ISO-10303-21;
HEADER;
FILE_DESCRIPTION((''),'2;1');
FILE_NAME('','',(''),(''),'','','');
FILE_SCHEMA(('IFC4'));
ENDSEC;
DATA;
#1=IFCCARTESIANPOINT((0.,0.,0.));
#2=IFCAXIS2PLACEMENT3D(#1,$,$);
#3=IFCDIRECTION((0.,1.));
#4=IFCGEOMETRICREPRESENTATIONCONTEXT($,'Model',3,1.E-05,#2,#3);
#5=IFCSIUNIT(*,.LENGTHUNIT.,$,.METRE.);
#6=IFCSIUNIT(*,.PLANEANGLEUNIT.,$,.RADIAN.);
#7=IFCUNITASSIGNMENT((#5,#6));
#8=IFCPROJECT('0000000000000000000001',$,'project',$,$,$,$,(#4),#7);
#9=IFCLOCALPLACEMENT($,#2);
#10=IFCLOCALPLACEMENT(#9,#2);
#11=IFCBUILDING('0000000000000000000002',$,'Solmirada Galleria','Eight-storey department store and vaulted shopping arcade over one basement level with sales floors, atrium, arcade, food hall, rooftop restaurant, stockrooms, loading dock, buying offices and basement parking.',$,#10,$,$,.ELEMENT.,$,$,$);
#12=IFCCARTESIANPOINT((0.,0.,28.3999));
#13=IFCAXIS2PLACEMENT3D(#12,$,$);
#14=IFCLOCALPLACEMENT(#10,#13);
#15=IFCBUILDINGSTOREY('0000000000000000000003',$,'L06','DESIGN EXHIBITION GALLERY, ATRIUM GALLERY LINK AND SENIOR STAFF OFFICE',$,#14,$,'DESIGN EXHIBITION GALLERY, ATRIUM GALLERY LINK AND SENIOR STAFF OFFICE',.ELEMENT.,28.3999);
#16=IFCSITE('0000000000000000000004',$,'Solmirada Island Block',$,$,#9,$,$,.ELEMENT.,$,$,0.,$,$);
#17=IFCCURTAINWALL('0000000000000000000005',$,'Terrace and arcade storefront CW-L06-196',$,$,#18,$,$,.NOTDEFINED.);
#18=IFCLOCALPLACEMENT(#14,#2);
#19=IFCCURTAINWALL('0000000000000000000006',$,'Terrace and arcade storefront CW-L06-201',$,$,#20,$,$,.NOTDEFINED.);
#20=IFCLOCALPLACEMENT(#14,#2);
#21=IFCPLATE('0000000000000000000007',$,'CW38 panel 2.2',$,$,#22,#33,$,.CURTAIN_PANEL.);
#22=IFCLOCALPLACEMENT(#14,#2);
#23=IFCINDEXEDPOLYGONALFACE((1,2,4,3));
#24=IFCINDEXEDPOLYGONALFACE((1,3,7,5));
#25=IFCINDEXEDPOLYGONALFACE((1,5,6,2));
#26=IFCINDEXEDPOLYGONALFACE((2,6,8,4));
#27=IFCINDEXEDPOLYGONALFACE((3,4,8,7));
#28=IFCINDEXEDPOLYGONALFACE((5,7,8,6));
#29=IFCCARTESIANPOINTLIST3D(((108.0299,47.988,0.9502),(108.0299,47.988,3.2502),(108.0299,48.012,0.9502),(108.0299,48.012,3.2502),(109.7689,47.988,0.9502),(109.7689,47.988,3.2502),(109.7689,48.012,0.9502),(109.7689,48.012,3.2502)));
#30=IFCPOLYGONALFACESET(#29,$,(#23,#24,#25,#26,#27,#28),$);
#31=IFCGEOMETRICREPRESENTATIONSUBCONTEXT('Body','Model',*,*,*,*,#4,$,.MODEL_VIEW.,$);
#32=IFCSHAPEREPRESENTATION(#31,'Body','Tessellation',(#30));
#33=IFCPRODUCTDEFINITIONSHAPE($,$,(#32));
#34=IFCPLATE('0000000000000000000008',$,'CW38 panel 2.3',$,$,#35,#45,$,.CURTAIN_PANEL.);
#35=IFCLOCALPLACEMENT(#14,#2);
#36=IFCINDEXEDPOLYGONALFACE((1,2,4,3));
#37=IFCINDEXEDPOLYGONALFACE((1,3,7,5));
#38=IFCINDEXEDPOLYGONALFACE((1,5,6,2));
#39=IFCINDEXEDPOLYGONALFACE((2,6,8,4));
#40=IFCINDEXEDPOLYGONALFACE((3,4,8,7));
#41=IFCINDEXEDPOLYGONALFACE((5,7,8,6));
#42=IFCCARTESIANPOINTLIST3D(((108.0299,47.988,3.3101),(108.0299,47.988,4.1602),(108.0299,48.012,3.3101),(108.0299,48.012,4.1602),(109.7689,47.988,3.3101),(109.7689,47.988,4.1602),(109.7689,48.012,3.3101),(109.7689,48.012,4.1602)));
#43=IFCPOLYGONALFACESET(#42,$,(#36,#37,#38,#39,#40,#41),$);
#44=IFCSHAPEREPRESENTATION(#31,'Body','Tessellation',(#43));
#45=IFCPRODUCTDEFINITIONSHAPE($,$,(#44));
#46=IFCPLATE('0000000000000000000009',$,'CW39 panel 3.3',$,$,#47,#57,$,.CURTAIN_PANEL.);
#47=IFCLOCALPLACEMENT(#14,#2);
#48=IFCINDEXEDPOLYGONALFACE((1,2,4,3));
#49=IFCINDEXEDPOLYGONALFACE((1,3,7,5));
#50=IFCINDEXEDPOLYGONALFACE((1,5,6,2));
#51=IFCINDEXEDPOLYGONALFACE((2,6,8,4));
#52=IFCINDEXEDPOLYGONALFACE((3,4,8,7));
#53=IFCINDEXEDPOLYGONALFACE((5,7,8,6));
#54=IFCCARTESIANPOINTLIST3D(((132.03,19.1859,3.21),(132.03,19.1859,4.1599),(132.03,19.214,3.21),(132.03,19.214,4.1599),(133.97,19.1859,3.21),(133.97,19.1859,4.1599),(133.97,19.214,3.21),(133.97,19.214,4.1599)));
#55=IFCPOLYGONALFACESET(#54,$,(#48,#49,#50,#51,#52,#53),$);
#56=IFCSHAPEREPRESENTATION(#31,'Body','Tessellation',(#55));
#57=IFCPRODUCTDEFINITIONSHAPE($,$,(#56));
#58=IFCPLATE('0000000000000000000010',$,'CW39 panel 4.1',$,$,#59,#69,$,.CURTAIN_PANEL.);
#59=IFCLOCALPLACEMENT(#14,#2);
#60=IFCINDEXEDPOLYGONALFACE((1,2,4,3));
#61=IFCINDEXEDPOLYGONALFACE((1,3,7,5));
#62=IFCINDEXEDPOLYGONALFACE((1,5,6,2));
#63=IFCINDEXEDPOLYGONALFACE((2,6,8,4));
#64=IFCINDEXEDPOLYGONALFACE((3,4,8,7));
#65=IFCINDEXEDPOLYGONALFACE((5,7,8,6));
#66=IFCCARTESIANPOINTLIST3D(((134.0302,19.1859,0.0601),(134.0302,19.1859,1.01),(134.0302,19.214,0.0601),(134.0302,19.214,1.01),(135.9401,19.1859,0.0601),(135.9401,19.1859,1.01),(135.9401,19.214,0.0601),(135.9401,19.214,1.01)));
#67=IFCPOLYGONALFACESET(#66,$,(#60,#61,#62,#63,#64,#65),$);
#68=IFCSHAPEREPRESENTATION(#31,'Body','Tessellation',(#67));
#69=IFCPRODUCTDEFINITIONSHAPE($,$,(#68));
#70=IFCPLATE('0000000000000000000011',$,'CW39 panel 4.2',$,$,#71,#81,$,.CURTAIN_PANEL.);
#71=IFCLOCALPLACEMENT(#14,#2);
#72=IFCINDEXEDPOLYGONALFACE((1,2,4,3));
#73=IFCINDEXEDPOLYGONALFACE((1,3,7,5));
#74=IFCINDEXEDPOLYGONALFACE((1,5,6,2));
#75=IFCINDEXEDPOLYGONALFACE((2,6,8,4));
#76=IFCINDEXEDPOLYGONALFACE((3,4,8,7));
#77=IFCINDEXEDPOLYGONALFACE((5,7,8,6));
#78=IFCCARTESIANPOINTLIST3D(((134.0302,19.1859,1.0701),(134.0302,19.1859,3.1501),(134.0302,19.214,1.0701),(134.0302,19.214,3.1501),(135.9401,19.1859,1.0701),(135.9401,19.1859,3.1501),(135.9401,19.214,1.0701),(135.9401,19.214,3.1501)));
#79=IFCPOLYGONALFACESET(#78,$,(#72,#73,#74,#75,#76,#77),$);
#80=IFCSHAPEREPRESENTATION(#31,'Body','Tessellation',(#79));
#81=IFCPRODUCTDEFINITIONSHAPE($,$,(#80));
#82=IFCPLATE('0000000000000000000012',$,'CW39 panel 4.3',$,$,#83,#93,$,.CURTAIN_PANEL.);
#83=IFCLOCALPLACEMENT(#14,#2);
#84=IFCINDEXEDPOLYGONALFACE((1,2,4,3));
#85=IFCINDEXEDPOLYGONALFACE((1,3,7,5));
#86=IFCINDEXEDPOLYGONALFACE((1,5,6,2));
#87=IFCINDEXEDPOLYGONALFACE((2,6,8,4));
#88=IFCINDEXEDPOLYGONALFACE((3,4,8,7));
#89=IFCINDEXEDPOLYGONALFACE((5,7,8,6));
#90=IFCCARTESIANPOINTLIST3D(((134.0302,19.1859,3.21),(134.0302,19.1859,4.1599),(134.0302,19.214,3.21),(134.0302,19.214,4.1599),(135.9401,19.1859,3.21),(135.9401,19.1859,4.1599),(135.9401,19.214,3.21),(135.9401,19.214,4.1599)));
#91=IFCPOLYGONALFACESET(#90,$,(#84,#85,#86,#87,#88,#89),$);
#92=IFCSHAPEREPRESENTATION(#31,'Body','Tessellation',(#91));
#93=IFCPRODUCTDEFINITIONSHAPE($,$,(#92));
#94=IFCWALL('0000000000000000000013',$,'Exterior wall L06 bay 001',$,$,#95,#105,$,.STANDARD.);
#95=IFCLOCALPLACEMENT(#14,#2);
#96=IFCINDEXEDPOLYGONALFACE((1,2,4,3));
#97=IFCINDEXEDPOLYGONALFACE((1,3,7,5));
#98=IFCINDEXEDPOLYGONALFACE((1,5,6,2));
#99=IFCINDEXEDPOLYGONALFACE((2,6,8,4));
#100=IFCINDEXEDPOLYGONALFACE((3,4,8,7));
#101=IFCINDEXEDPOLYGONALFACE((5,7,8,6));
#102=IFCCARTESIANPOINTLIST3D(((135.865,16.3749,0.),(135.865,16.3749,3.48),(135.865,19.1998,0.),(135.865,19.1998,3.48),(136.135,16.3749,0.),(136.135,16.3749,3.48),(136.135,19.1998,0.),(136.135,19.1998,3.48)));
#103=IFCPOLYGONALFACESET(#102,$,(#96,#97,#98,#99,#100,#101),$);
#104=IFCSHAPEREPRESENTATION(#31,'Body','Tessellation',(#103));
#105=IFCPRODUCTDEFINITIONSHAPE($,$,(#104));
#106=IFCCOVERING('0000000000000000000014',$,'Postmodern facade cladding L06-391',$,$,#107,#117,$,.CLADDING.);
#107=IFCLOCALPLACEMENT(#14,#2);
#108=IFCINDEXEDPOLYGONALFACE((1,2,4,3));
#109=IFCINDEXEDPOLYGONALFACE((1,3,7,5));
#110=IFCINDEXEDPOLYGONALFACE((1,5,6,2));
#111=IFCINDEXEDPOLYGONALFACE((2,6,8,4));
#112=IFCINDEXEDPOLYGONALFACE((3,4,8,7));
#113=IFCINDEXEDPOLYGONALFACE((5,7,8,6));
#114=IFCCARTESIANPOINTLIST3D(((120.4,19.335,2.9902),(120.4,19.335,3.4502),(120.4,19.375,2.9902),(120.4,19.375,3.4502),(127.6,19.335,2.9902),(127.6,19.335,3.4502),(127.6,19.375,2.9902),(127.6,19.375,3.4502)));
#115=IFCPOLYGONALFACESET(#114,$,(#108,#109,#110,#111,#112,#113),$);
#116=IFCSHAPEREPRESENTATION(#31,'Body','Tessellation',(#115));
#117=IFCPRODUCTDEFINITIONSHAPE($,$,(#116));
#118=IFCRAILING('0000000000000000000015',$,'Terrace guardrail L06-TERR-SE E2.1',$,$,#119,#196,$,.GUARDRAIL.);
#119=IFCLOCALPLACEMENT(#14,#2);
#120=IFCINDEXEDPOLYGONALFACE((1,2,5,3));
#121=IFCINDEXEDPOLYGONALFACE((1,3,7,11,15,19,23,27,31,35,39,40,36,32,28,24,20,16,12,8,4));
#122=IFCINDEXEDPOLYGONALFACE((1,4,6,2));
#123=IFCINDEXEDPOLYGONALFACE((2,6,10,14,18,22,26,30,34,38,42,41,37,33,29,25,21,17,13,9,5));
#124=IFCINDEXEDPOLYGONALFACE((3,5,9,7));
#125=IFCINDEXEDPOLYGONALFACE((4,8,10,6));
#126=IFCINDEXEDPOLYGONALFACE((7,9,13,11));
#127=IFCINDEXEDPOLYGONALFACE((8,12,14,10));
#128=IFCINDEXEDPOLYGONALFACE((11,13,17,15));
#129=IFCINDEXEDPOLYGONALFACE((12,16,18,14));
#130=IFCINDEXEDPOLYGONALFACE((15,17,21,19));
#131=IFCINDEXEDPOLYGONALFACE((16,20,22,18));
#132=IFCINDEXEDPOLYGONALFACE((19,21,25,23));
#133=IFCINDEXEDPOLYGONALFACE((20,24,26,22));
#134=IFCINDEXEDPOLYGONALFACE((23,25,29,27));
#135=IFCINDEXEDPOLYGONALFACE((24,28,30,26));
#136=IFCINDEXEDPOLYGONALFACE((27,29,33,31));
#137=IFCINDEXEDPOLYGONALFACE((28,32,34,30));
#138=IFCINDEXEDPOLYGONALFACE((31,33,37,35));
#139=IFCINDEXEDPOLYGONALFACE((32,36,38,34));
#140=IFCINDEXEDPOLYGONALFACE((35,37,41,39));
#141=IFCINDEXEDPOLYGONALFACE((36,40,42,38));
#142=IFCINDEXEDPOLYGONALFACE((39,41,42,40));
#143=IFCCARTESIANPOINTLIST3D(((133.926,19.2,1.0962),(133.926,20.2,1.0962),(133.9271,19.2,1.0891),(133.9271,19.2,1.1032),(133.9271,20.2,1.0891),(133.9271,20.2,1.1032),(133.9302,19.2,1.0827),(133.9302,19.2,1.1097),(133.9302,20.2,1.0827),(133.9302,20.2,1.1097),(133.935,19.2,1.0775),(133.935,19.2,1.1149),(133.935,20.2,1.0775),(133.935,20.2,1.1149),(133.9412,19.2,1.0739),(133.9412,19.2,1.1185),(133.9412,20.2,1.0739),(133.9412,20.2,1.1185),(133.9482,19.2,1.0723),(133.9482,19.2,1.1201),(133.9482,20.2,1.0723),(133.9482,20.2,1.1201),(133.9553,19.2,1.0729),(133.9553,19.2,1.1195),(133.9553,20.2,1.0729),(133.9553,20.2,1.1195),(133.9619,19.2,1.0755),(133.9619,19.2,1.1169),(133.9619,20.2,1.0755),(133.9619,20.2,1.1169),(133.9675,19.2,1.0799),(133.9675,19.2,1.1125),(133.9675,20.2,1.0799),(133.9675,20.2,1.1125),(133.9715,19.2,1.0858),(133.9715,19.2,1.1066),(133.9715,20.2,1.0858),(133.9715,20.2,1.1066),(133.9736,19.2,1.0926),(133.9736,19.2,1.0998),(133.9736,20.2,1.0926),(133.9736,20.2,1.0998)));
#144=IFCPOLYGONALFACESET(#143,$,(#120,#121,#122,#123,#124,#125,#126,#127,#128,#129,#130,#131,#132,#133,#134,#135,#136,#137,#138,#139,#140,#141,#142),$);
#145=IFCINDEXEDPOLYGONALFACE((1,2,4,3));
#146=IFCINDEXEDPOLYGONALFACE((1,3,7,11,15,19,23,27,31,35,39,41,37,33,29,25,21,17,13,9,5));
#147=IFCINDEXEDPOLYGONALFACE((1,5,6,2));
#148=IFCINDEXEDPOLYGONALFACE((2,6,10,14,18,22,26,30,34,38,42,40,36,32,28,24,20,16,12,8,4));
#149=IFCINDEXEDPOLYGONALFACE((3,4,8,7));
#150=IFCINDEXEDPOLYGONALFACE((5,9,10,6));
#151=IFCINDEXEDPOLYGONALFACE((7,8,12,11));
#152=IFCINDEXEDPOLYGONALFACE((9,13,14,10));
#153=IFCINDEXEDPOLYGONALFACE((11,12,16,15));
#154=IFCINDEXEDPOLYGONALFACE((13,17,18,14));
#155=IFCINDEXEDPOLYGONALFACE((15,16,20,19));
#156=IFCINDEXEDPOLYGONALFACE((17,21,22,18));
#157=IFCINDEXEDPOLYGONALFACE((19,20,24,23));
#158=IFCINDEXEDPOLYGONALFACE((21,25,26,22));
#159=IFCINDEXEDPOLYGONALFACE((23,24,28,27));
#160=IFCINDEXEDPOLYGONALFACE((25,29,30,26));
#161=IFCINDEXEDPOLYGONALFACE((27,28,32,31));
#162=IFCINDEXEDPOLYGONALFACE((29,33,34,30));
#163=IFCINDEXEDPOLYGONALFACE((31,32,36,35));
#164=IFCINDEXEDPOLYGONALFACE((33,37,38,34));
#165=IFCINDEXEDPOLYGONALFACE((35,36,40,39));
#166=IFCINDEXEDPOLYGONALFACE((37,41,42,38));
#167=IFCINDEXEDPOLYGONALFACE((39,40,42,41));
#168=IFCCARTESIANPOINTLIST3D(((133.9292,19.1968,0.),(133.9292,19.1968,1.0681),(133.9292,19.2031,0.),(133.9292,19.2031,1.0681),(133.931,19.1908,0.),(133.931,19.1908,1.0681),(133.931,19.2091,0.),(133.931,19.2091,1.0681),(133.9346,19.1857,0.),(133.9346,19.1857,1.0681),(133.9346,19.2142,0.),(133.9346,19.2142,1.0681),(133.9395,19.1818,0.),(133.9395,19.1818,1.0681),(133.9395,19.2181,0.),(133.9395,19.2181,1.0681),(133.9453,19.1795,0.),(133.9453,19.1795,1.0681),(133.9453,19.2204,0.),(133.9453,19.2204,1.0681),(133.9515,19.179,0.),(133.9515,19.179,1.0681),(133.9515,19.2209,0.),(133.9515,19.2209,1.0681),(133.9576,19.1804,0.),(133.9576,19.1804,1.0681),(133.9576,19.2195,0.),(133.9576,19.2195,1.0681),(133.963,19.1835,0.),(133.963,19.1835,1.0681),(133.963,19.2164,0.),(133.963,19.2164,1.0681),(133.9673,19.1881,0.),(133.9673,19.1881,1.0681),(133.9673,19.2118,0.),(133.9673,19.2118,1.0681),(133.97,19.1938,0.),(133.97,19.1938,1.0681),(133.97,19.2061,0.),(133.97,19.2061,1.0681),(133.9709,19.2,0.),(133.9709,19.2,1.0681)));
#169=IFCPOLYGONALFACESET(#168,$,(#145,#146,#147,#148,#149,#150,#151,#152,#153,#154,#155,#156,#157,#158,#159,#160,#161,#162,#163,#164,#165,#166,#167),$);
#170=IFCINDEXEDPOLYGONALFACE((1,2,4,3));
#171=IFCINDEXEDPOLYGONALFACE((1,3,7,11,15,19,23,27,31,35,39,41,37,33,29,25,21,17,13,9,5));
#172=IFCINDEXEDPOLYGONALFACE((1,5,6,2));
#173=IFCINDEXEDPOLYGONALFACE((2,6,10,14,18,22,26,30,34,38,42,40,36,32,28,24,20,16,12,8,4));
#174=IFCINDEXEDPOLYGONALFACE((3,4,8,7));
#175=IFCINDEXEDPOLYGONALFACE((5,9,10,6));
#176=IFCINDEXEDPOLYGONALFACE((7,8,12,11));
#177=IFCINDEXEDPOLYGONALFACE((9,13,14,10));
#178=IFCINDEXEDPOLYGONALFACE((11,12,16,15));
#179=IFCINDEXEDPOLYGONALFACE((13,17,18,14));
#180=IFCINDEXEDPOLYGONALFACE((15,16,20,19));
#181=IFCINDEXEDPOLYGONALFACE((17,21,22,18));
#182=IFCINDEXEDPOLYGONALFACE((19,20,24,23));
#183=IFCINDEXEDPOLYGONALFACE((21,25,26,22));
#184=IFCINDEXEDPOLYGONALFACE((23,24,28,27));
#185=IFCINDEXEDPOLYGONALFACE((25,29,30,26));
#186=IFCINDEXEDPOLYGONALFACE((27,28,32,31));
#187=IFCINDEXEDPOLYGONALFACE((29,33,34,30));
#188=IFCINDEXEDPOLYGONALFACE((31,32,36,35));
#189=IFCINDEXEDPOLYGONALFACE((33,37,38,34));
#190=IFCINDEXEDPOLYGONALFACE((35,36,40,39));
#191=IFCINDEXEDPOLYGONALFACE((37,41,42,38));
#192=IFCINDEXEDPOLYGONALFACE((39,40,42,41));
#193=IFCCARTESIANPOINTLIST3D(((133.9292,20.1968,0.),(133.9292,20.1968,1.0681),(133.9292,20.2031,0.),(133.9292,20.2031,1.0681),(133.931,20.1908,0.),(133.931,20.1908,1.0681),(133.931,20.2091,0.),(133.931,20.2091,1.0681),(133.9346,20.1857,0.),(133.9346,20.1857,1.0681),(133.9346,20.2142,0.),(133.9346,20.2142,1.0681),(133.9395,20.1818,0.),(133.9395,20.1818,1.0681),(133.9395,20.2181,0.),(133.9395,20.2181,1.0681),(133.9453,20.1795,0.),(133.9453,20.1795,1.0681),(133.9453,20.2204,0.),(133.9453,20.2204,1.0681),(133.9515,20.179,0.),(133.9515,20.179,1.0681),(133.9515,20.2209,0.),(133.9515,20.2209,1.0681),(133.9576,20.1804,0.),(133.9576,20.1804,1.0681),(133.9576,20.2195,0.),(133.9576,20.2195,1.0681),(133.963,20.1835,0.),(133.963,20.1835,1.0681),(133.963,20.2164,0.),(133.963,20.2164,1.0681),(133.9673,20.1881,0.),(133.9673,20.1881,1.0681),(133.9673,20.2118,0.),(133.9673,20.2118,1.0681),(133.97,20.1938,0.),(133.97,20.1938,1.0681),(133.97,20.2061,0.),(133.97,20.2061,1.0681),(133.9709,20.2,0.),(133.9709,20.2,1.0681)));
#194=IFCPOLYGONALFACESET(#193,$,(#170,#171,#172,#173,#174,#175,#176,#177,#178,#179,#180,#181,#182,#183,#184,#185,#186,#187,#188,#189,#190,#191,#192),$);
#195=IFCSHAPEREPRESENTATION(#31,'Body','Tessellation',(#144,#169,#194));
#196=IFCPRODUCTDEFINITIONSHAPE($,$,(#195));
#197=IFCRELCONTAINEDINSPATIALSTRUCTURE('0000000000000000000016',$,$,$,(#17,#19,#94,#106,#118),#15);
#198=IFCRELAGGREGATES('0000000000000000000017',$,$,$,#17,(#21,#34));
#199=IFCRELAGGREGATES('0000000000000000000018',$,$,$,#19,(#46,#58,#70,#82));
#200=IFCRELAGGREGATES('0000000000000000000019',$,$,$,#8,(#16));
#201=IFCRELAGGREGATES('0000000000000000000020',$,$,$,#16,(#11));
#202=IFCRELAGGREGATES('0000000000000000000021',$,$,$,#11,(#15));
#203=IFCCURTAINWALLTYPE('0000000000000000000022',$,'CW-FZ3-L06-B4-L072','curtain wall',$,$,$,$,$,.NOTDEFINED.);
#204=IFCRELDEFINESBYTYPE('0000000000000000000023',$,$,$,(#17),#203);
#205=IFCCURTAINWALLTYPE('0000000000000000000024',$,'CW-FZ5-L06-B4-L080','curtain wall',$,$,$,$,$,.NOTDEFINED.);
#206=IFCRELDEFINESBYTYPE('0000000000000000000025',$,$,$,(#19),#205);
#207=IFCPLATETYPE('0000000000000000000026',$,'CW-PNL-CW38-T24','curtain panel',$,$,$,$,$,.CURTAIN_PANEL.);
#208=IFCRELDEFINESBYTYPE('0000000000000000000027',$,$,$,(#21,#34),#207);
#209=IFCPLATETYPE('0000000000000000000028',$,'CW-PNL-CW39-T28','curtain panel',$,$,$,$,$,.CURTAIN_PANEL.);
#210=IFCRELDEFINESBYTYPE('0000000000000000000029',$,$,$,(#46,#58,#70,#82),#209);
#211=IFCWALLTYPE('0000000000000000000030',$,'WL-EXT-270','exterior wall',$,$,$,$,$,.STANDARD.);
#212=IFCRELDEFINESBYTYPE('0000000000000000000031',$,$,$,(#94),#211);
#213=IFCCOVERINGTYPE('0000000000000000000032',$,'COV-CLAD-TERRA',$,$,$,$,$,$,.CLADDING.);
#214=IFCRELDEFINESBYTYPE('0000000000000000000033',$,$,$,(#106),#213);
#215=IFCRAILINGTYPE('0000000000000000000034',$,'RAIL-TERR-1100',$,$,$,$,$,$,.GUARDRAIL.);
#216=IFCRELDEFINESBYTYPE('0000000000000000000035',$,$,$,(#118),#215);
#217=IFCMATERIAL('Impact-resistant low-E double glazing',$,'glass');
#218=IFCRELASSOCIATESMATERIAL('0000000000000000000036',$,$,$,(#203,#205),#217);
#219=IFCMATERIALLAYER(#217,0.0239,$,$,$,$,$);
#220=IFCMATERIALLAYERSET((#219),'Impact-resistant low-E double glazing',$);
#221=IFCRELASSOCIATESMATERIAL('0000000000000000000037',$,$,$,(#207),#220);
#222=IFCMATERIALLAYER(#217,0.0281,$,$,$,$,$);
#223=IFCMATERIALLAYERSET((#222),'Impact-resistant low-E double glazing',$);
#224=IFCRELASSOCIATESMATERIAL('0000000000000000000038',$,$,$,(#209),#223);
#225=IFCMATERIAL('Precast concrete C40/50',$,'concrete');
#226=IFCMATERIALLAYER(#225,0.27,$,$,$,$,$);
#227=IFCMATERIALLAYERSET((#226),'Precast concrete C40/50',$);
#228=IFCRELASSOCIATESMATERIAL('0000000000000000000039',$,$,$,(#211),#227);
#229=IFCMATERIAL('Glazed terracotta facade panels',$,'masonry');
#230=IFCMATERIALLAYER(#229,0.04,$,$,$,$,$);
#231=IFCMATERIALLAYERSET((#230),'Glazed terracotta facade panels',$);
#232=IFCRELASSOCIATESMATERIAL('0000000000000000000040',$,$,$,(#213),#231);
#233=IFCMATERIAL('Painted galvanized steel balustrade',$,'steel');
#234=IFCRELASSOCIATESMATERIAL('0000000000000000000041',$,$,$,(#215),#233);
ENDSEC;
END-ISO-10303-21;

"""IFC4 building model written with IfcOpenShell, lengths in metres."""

from ifc_helpers import new_model, si_unit, direction, frame, frame_2d, origin, origin_2d, place, context, subcontext, project, spatial, rectangle, circle, extrude, material, layer, layer_set, type_object, element, aggregate, save


model = new_model("IFC4")

# Units and contexts
model_context = context("Model", 3, precision=1e-05, world=origin(), true_north=direction((0.0, 1.0)))
body_context = subcontext(model_context, "Body", "Model", "MODEL_VIEW")
ifc_project = project(units=[si_unit("LENGTHUNIT", "METRE"), si_unit("PLANEANGLEUNIT", "RADIAN")], contexts=[model_context])

# Site, building, storey
site_placement = place(None, origin())
site = spatial("IfcSite", under=ifc_project, at=site_placement, Name="Solmirada Island Block", CompositionType="ELEMENT", RefElevation=0.0)
building_placement = place(site_placement, origin())
building = spatial("IfcBuilding", under=site, at=building_placement, Name="Solmirada Galleria", Description="Eight-storey department store and vaulted shopping arcade over one basement level with sales floors, atrium, arcade, food hall, rooftop restaurant, stockrooms, loading dock, buying offices and basement parking.", CompositionType="ELEMENT")
storey_placement = place(building_placement, frame((0.0, 0.0, 28.3999)))
storey = spatial("IfcBuildingStorey", under=building, at=storey_placement, Name="L06", Description="DESIGN EXHIBITION GALLERY, ATRIUM GALLERY LINK AND SENIOR STAFF OFFICE", LongName="DESIGN EXHIBITION GALLERY, ATRIUM GALLERY LINK AND SENIOR STAFF OFFICE", CompositionType="ELEMENT", Elevation=28.3999)

# Curtain wall
ifc_material_1 = material(Name="Impact-resistant low-E double glazing", Category="glass")
curtain_wall_type_1 = type_object("IfcCurtainWallType", Name="CW-FZ3-L06-B4-L072", Description="curtain wall", PredefinedType="NOTDEFINED", material=ifc_material_1)
curtain_wall_1_placement = place(storey_placement, origin())
curtain_wall_1 = element("IfcCurtainWall", 1, at=curtain_wall_1_placement, inside=storey, type_object=curtain_wall_type_1, Name="Terrace and arcade storefront CW-L06-196", PredefinedType="NOTDEFINED")

# Curtain wall
curtain_wall_type_2 = type_object("IfcCurtainWallType", Name="CW-FZ5-L06-B4-L080", Description="curtain wall", PredefinedType="NOTDEFINED", material=ifc_material_1)
curtain_wall_2_placement = place(storey_placement, origin())
curtain_wall_2 = element("IfcCurtainWall", 2, at=curtain_wall_2_placement, inside=storey, type_object=curtain_wall_type_2, Name="Terrace and arcade storefront CW-L06-201", PredefinedType="NOTDEFINED")

# Plates
ifc_layer_1 = layer(ifc_material_1, 0.0239)
ifc_layer_set_1 = layer_set([ifc_layer_1], Name="Impact-resistant low-E double glazing")
plate_type_1 = type_object("IfcPlateType", Name="CW-PNL-CW38-T24", Description="curtain panel", PredefinedType="CURTAIN_PANEL", material=ifc_layer_set_1)
plate_1_placement = place(storey_placement, frame((108.8994, 48.0, 0.9502), z_axis=(0.0, 0.0, 1.0), x_axis=(-1.0, 0.0, 0.0)))
plate_1 = element("IfcPlate", 3, at=plate_1_placement, type_object=plate_type_1, Name="CW38 panel 2.2", PredefinedType="CURTAIN_PANEL", context=body_context, shape_type="SweptSolid", body=[
    extrude(rectangle(XDim=1.739, YDim=0.0239, at=origin_2d()), origin(), (0.0, 0.0, 1.0), 2.3),
])
plate_2_placement = place(storey_placement, frame((108.8994, 48.0, 3.3101), z_axis=(0.0, 0.0, 1.0), x_axis=(-1.0, 0.0, 0.0)))
plate_2 = element("IfcPlate", 4, at=plate_2_placement, type_object=plate_type_1, Name="CW38 panel 2.3", PredefinedType="CURTAIN_PANEL", context=body_context, shape_type="SweptSolid", body=[
    extrude(rectangle(XDim=1.739, YDim=0.0239, at=origin_2d()), origin(), (0.0, 0.0, 1.0), 0.8501),
])
aggregate(curtain_wall_1, [plate_1, plate_2])
ifc_layer_2 = layer(ifc_material_1, 0.0281)
ifc_layer_set_2 = layer_set([ifc_layer_2], Name="Impact-resistant low-E double glazing")
plate_type_2 = type_object("IfcPlateType", Name="CW-PNL-CW39-T28", Description="curtain panel", PredefinedType="CURTAIN_PANEL", material=ifc_layer_set_2)
plate_3_placement = place(storey_placement, frame((133.0, 19.2, 3.21), z_axis=(0.0, 0.0, 1.0), x_axis=(1.0, 0.0, 0.0)))
plate_3 = element("IfcPlate", 5, at=plate_3_placement, type_object=plate_type_2, Name="CW39 panel 3.3", PredefinedType="CURTAIN_PANEL", context=body_context, shape_type="SweptSolid", body=[
    extrude(rectangle(XDim=1.9399, YDim=0.0281, at=origin_2d()), origin(), (0.0, 0.0, 1.0), 0.95),
])
plate_4_placement = place(storey_placement, frame((134.9851, 19.2, 0.0601), z_axis=(0.0, 0.0, 1.0), x_axis=(1.0, 0.0, 0.0)))
plate_4 = element("IfcPlate", 6, at=plate_4_placement, type_object=plate_type_2, Name="CW39 panel 4.1", PredefinedType="CURTAIN_PANEL", context=body_context, shape_type="SweptSolid", body=[
    extrude(rectangle(XDim=1.9099, YDim=0.0281, at=origin_2d()), origin(), (0.0, 0.0, 1.0), 0.95),
])
plate_5_placement = place(storey_placement, frame((134.9851, 19.2, 1.0701), z_axis=(0.0, 0.0, 1.0), x_axis=(1.0, 0.0, 0.0)))
plate_5 = element("IfcPlate", 7, at=plate_5_placement, type_object=plate_type_2, Name="CW39 panel 4.2", PredefinedType="CURTAIN_PANEL", context=body_context, shape_type="SweptSolid", body=[
    extrude(rectangle(XDim=1.9099, YDim=0.0281, at=origin_2d()), origin(), (0.0, 0.0, 1.0), 2.0801),
])
plate_6_placement = place(storey_placement, frame((134.9851, 19.2, 3.21), z_axis=(0.0, 0.0, 1.0), x_axis=(1.0, 0.0, 0.0)))
plate_6 = element("IfcPlate", 8, at=plate_6_placement, type_object=plate_type_2, Name="CW39 panel 4.3", PredefinedType="CURTAIN_PANEL", context=body_context, shape_type="SweptSolid", body=[
    extrude(rectangle(XDim=1.9099, YDim=0.0281, at=origin_2d()), origin(), (0.0, 0.0, 1.0), 0.95),
])
aggregate(curtain_wall_2, [plate_3, plate_4, plate_5, plate_6])

# Wall
ifc_material_2 = material(Name="Precast concrete C40/50", Category="concrete")
ifc_layer_3 = layer(ifc_material_2, 0.27)
ifc_layer_set_3 = layer_set([ifc_layer_3], Name="Precast concrete C40/50")
wall_type = type_object("IfcWallType", Name="WL-EXT-270", Description="exterior wall", PredefinedType="STANDARD", material=ifc_layer_set_3)
wall_placement = place(storey_placement, frame((136.0, 19.2, 0.0), z_axis=(0.0, 0.0, 1.0), x_axis=(0.0, -1.0, 0.0)))
element("IfcWall", 9, at=wall_placement, inside=storey, type_object=wall_type, Name="Exterior wall L06 bay 001", PredefinedType="STANDARD", context=body_context, shape_type="SweptSolid", body=[
    extrude(rectangle(XDim=2.825, YDim=0.27, at=frame_2d((1.4126, 0.0))), origin(), (0.0, 0.0, 1.0), 3.48),
])

# Covering
ifc_material_3 = material(Name="Glazed terracotta facade panels", Category="masonry")
ifc_layer_4 = layer(ifc_material_3, 0.04)
ifc_layer_set_4 = layer_set([ifc_layer_4], Name="Glazed terracotta facade panels")
covering_type = type_object("IfcCoveringType", Name="COV-CLAD-TERRA", PredefinedType="CLADDING", material=ifc_layer_set_4)
covering_placement = place(storey_placement, frame((124.0, 19.355, 2.9902), z_axis=(0.0, 0.0, 1.0), x_axis=(1.0, 0.0, 0.0)))
element("IfcCovering", 10, at=covering_placement, inside=storey, type_object=covering_type, Name="Postmodern facade cladding L06-391", PredefinedType="CLADDING", context=body_context, shape_type="SweptSolid", body=[
    extrude(rectangle(XDim=7.2, YDim=0.04, at=origin_2d()), origin(), (0.0, 0.0, 1.0), 0.46),
])

# Railing
ifc_material_4 = material(Name="Painted galvanized steel balustrade", Category="steel")
railing_type = type_object("IfcRailingType", Name="RAIL-TERR-1100", PredefinedType="GUARDRAIL", material=ifc_material_4)
railing_1_placement = place(storey_placement, frame((133.95, 19.2, 0.0)))
element("IfcRailing", 11, at=railing_1_placement, inside=storey, type_object=railing_type, Name="Terrace guardrail L06-TERR-SE E2.1", PredefinedType="GUARDRAIL", context=body_context, shape_type="SweptSolid", body=[
    extrude(circle(Radius=0.0239, at=origin_2d()), frame((0.0, 0.0, 1.0962), z_axis=(0.0, 1.0, 0.0), x_axis=(-1.0, 0.0, 0.0)), (0.0, 0.0, 1.0), 1.0),
    extrude(circle(Radius=0.021, at=origin_2d()), origin(), (0.0, 0.0, 1.0), 1.0681),
    extrude(circle(Radius=0.021, at=origin_2d()), frame((0.0, 1.0, 0.0)), (0.0, 0.0, 1.0), 1.0681),
])

save(model, "model.ifc")
